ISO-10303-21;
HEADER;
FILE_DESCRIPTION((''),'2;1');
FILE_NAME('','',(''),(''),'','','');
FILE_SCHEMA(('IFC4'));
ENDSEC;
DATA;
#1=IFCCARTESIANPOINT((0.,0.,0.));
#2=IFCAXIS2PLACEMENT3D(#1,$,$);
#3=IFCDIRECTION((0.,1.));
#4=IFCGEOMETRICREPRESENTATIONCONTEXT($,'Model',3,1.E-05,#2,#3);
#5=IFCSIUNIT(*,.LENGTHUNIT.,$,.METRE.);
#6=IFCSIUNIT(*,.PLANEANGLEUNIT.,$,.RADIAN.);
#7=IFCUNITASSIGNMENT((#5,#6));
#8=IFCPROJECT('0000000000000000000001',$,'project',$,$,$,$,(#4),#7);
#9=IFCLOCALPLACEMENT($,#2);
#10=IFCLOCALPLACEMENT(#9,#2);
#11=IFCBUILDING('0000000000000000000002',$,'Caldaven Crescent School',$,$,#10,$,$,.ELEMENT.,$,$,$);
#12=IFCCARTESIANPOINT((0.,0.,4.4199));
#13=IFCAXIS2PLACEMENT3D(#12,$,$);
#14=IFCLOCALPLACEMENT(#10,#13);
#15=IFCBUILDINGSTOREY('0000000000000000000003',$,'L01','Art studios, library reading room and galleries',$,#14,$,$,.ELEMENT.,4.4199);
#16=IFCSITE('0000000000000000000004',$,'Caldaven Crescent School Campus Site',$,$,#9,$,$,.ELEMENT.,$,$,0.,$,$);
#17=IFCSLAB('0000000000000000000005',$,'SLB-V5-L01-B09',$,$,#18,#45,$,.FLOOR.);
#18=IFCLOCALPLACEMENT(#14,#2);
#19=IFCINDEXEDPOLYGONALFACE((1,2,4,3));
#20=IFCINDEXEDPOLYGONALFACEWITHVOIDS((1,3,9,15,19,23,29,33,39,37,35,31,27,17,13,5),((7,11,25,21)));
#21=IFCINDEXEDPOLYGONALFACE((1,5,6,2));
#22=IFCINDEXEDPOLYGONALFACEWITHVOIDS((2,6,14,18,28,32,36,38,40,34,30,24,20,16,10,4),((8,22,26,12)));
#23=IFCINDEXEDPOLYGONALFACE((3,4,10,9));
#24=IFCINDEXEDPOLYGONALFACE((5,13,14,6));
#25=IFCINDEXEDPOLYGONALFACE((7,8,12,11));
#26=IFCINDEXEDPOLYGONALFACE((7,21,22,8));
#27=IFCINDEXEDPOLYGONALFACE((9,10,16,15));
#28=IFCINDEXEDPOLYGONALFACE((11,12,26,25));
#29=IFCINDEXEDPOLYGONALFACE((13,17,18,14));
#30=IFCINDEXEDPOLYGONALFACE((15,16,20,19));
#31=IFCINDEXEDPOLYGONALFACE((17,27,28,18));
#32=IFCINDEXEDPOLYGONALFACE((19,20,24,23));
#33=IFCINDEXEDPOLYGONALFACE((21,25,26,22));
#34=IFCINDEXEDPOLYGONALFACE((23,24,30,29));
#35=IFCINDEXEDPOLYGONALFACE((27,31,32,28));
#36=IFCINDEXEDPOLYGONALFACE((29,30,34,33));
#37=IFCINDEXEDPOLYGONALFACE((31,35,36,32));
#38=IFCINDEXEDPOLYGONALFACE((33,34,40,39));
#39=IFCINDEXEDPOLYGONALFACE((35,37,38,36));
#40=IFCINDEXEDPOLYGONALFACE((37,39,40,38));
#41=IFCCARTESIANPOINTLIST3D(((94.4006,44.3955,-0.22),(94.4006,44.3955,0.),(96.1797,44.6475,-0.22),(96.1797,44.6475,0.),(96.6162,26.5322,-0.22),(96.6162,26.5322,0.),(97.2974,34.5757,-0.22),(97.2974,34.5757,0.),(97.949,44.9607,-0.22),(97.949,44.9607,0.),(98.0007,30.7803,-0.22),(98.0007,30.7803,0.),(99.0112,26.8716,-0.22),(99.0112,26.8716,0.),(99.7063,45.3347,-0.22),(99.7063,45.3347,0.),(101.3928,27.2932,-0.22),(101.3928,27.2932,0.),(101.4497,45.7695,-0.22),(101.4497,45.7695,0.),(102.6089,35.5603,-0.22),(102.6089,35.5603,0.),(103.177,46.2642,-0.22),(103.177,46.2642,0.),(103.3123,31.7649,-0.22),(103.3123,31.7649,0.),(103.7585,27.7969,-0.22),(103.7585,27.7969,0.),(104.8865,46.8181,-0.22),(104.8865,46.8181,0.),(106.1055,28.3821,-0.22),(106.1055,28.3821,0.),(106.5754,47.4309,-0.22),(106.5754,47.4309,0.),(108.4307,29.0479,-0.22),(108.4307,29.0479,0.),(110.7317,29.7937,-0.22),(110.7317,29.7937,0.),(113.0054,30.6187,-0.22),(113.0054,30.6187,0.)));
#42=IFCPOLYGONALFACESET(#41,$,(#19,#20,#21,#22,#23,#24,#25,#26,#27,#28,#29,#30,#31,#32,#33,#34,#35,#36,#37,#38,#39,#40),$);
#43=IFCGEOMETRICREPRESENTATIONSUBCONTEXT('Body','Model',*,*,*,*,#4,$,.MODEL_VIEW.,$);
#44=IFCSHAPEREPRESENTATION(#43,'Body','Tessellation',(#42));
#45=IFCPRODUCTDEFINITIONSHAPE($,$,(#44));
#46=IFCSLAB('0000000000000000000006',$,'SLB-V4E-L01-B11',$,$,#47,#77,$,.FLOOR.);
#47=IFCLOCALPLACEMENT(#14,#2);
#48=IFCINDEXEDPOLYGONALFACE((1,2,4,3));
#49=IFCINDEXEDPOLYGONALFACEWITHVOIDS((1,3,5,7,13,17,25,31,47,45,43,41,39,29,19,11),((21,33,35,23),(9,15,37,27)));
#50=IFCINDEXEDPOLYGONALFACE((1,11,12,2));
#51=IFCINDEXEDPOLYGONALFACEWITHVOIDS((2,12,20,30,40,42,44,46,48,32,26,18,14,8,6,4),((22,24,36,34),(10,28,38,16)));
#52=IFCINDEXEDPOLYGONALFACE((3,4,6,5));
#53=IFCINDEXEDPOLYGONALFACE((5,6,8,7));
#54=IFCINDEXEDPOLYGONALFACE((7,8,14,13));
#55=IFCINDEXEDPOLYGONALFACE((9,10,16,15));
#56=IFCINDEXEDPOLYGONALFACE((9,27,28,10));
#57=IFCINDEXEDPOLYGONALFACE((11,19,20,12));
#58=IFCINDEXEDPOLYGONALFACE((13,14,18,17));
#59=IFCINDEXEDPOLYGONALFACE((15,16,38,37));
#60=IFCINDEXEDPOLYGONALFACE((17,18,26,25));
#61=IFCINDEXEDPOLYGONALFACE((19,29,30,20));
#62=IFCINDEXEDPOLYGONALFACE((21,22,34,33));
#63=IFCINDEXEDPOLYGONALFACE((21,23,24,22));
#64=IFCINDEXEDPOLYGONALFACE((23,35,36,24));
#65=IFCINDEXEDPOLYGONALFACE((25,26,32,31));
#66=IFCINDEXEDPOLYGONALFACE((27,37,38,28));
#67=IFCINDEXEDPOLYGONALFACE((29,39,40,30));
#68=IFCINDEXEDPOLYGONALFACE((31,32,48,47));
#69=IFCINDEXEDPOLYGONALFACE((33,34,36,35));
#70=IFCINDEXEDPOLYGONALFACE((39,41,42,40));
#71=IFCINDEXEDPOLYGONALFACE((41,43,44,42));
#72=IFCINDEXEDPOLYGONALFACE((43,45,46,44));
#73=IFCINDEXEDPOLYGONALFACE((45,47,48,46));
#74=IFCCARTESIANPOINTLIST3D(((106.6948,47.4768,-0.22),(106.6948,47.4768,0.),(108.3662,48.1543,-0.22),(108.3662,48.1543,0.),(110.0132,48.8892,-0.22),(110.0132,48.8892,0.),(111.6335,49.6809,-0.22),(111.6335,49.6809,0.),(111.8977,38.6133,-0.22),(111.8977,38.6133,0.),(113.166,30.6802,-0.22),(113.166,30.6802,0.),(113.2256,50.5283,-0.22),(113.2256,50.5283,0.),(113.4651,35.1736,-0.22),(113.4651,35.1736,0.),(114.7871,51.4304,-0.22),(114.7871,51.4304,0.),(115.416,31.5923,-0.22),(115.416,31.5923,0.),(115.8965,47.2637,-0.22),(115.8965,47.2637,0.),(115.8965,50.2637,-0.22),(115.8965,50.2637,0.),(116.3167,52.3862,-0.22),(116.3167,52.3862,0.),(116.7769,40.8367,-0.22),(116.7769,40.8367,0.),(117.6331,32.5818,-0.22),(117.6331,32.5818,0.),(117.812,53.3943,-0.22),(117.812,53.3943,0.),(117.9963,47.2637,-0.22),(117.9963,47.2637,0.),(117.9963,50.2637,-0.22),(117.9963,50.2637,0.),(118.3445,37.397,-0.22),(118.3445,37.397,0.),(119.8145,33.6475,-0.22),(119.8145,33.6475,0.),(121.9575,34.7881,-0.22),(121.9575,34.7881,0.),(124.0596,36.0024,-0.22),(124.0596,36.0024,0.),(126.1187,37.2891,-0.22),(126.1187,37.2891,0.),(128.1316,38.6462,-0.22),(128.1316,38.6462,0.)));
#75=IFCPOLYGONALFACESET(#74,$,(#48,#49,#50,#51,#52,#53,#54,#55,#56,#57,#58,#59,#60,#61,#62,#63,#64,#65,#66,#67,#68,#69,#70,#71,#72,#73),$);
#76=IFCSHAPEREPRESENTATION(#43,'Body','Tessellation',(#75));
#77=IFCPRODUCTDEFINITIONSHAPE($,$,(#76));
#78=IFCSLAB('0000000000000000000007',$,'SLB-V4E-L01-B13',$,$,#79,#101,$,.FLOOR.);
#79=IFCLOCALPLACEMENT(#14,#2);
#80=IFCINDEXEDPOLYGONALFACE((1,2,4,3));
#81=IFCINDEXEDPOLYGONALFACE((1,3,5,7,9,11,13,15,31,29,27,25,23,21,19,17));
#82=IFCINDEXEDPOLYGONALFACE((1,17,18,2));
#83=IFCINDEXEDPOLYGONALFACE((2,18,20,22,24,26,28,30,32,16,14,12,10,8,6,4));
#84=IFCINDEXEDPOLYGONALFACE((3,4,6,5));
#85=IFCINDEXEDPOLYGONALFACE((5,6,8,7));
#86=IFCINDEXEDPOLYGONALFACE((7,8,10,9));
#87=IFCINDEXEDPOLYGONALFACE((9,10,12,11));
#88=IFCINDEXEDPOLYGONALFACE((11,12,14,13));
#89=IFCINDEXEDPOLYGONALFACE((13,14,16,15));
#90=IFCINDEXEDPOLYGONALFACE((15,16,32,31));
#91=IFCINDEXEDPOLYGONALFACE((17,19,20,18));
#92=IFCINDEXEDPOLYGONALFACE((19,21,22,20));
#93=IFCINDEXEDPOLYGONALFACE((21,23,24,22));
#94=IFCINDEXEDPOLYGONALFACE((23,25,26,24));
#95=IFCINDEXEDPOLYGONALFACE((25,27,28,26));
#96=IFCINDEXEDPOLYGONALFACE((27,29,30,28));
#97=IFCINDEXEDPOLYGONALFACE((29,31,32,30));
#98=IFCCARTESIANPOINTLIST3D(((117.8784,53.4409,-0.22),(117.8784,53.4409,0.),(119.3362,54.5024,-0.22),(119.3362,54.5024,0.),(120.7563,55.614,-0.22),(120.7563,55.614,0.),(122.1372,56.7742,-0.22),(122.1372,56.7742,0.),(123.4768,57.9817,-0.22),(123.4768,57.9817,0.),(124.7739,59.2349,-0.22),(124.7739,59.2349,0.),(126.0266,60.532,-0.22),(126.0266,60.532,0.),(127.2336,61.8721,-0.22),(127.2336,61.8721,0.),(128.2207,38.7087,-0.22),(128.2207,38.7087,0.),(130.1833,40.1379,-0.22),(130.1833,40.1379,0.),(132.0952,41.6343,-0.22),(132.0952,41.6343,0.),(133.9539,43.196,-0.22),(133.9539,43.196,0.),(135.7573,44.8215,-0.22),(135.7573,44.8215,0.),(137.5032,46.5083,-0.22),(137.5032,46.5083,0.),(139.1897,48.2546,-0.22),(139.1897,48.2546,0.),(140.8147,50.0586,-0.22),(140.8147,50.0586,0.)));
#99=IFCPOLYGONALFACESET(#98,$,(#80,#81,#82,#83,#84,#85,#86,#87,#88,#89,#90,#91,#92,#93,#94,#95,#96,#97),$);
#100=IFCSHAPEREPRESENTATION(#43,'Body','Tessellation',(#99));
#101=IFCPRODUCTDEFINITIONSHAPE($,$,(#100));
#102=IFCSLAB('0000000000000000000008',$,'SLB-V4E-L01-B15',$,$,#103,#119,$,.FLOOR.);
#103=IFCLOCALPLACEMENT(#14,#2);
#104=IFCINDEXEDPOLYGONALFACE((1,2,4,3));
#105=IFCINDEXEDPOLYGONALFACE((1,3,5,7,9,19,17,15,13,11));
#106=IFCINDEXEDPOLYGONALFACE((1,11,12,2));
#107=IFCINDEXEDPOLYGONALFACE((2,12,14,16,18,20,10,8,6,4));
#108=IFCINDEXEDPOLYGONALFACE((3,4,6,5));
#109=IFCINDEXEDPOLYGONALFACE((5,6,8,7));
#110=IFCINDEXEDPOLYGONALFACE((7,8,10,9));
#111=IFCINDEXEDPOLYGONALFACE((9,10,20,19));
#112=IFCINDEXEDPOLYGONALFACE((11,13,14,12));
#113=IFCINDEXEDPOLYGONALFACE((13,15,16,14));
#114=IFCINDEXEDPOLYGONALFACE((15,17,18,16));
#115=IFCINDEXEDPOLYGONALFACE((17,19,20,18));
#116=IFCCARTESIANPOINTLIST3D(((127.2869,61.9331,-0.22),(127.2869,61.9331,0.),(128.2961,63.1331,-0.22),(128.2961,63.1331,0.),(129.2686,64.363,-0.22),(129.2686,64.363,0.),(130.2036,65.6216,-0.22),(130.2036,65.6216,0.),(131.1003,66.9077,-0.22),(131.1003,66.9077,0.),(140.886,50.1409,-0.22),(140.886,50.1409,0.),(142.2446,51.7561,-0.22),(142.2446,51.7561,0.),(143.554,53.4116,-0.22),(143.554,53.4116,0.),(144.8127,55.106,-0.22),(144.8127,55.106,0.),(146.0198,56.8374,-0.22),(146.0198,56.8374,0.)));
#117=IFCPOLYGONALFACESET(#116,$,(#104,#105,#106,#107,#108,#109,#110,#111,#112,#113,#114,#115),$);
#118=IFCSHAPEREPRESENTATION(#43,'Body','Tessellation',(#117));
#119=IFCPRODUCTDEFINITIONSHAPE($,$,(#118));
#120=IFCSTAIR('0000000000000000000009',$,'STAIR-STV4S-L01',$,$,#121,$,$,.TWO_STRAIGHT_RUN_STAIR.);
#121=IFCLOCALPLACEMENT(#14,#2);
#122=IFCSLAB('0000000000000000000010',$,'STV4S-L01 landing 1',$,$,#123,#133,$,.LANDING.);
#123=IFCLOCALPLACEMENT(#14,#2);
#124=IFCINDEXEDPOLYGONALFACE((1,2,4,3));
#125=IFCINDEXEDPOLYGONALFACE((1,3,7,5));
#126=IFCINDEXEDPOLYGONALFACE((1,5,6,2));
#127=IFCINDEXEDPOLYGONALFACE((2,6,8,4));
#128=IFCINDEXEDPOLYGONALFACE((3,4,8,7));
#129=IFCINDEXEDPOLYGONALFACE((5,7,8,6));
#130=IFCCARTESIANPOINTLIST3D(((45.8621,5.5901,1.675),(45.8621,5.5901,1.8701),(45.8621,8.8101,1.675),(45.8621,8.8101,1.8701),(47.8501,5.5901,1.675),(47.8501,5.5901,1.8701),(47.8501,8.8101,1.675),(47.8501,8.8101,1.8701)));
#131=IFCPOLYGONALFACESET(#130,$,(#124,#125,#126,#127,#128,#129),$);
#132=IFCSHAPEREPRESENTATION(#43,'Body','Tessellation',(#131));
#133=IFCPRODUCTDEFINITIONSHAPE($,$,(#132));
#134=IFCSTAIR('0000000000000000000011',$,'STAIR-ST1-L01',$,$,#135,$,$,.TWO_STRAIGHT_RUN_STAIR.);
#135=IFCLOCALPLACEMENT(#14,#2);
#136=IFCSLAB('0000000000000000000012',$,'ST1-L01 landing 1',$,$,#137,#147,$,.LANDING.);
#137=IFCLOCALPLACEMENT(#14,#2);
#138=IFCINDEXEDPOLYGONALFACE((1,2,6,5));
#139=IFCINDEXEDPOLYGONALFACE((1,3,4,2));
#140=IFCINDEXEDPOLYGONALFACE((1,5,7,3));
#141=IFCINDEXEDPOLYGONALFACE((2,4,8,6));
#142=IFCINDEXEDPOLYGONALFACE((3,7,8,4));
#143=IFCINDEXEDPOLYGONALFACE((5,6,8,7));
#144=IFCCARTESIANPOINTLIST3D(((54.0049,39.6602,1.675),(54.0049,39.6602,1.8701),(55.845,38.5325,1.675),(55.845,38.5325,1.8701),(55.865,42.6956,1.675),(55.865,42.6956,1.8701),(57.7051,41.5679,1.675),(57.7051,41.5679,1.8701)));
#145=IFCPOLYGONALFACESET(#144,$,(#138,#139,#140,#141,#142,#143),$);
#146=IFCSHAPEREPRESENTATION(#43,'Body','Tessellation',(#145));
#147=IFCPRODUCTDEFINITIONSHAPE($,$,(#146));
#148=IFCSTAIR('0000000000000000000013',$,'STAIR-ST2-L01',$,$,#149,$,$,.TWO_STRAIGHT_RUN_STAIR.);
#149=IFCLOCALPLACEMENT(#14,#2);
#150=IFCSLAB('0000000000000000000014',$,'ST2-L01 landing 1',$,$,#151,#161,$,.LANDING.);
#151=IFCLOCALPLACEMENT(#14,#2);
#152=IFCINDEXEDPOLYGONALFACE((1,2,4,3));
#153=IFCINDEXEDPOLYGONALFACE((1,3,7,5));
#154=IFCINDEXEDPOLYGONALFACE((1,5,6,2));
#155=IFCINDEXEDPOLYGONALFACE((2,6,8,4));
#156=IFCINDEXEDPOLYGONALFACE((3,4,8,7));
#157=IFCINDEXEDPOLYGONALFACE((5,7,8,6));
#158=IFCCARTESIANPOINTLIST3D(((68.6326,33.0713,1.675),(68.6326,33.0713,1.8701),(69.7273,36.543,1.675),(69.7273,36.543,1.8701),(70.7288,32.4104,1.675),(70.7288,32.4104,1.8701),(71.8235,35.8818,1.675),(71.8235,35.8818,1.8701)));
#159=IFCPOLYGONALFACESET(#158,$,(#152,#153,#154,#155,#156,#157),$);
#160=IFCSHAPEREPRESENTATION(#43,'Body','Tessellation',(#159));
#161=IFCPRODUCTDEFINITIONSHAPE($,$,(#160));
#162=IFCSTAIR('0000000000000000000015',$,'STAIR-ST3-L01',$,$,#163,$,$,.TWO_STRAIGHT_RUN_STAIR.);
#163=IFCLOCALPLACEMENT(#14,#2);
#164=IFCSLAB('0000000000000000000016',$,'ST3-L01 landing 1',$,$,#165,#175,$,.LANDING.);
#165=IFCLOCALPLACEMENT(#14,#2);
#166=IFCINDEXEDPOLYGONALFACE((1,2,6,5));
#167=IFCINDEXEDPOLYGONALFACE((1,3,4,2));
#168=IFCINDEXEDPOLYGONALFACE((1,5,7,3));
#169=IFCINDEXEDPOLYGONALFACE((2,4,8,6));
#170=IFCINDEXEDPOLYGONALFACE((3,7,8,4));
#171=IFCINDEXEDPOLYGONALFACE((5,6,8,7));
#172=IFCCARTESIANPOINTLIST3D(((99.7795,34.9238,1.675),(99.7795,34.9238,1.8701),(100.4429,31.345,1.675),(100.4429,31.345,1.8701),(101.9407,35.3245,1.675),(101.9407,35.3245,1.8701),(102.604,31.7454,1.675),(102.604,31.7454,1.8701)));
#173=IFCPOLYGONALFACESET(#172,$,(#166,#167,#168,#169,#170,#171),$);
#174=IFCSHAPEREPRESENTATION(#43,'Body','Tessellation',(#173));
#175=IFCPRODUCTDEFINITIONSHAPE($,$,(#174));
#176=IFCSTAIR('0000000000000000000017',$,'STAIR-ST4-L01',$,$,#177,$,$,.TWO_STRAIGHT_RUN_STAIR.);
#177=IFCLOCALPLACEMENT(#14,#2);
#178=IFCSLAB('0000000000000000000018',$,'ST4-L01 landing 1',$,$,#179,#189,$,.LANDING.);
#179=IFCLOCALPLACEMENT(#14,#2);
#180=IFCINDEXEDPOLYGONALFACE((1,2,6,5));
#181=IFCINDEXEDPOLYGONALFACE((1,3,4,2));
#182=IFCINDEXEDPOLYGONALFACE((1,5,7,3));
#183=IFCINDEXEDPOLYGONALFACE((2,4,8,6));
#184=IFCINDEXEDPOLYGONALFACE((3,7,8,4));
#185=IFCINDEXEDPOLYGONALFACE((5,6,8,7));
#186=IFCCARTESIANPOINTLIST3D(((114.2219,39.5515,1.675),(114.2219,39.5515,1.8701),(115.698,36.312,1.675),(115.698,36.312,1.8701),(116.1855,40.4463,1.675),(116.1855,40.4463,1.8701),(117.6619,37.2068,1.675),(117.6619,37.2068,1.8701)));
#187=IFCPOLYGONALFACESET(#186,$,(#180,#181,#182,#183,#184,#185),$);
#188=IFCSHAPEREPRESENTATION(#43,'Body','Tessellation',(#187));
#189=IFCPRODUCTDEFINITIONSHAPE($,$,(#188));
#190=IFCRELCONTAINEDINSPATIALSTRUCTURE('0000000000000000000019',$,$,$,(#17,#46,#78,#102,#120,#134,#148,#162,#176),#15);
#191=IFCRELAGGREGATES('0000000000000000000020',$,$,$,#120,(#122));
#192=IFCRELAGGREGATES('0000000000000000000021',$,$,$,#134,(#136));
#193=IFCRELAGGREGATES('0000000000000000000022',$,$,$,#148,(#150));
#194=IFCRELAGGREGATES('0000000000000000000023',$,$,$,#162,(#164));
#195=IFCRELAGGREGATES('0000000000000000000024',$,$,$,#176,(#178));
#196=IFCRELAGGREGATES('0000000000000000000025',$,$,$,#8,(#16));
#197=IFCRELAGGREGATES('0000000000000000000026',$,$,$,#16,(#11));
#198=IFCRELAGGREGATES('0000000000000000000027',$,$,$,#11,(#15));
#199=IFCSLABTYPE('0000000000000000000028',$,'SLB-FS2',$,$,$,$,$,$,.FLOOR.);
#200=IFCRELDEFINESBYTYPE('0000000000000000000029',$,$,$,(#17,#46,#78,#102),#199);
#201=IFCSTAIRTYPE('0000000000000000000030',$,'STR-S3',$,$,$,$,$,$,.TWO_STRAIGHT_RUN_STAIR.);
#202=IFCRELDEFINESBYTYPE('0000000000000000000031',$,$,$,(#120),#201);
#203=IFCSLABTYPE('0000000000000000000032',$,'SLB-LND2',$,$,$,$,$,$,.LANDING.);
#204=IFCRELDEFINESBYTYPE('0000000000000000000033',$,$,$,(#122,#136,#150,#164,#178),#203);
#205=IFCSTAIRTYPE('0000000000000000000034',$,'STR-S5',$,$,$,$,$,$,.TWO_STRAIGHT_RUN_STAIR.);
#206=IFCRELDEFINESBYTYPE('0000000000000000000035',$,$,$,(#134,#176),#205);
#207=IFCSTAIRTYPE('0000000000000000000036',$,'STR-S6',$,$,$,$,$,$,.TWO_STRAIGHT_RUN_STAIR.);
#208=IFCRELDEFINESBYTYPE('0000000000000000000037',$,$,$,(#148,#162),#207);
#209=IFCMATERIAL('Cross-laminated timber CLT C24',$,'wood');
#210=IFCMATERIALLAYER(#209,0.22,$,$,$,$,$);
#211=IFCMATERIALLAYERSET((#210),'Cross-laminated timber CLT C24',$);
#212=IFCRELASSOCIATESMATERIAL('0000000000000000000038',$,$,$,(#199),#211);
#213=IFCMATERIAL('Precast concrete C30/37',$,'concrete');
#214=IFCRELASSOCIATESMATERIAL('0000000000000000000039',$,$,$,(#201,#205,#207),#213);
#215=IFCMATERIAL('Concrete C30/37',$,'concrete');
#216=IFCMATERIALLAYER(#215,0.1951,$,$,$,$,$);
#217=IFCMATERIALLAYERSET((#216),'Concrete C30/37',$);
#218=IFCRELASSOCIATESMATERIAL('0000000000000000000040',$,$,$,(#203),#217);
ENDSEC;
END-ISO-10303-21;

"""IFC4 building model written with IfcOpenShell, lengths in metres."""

from ifc_helpers import new_model, si_unit, direction, frame, origin, place, context, subcontext, project, spatial, polyline, outline, extrude, material, layer, layer_set, type_object, element, aggregate, save


model = new_model("IFC4")

# Units and contexts
model_context = context("Model", 3, precision=1e-05, world=origin(), true_north=direction((0.0, 1.0)))
body_context = subcontext(model_context, "Body", "Model", "MODEL_VIEW")
ifc_project = project(units=[si_unit("LENGTHUNIT", "METRE"), si_unit("PLANEANGLEUNIT", "RADIAN")], contexts=[model_context])

# Site, building, storey
site_placement = place(None, origin())
site = spatial("IfcSite", under=ifc_project, at=site_placement, Name="Caldaven Crescent School Campus Site", CompositionType="ELEMENT", RefElevation=0.0)
building_placement = place(site_placement, origin())
building = spatial("IfcBuilding", under=site, at=building_placement, Name="Caldaven Crescent School", CompositionType="ELEMENT")
storey_placement = place(building_placement, frame((0.0, 0.0, 4.4199)))
storey = spatial("IfcBuildingStorey", under=building, at=storey_placement, Name="L01", Description="Art studios, library reading room and galleries", CompositionType="ELEMENT", Elevation=4.4199)

# Slabs
ifc_material_1 = material(Name="Cross-laminated timber CLT C24", Category="wood")
ifc_layer_1 = layer(ifc_material_1, 0.22)
ifc_layer_set_1 = layer_set([ifc_layer_1], Name="Cross-laminated timber CLT C24")
slab_type_1 = type_object("IfcSlabType", Name="SLB-FS2", PredefinedType="FLOOR", material=ifc_layer_set_1)
slab_1_placement = place(storey_placement, frame((0.0, 0.0, -0.22)))
element("IfcSlab", 1, at=slab_1_placement, inside=storey, type_object=slab_type_1, Name="SLB-V5-L01-B09", PredefinedType="FLOOR", context=body_context, shape_type="SweptSolid", body=[
    extrude(outline(polyline([(96.6162, 26.5322), (99.0112, 26.8716), (101.3928, 27.2932), (103.7585, 27.7969), (106.1055, 28.3821), (108.4307, 29.0479), (110.7317, 29.7937), (113.0054, 30.6187), (106.5754, 47.4309), (104.8865, 46.8181), (103.177, 46.2642), (101.4497, 45.7695), (99.7063, 45.3347), (97.949, 44.9607), (96.1797, 44.6475), (94.4006, 44.3955), (96.6162, 26.5322)]), holes=[polyline([(98.0007, 30.7803), (97.2974, 34.5757), (102.6089, 35.5603), (103.3123, 31.7649), (98.0007, 30.7803)])]), origin(), (0.0, 0.0, 1.0), 0.22),
])
slab_2_placement = place(storey_placement, frame((0.0, 0.0, -0.22)))
element("IfcSlab", 2, at=slab_2_placement, inside=storey, type_object=slab_type_1, Name="SLB-V4E-L01-B11", PredefinedType="FLOOR", context=body_context, shape_type="SweptSolid", body=[
    extrude(outline(polyline([(113.166, 30.6802), (115.416, 31.5923), (117.6331, 32.5818), (119.8145, 33.6475), (121.9575, 34.7881), (124.0596, 36.0024), (126.1187, 37.2891), (128.1316, 38.6462), (117.812, 53.3943), (116.3167, 52.3862), (114.7871, 51.4304), (113.2256, 50.5283), (111.6335, 49.6809), (110.0132, 48.8892), (108.3662, 48.1543), (106.6948, 47.4768), (113.166, 30.6802)]), holes=[polyline([(115.8965, 47.2637), (115.8965, 50.2637), (117.9963, 50.2637), (117.9963, 47.2637), (115.8965, 47.2637)]), polyline([(113.4651, 35.1736), (111.8977, 38.6133), (116.7769, 40.8367), (118.3445, 37.397), (113.4651, 35.1736)])]), origin(), (0.0, 0.0, 1.0), 0.22),
])
slab_3_placement = place(storey_placement, frame((0.0, 0.0, -0.22)))
element("IfcSlab", 3, at=slab_3_placement, inside=storey, type_object=slab_type_1, Name="SLB-V4E-L01-B13", PredefinedType="FLOOR", context=body_context, shape_type="SweptSolid", body=[
    extrude(outline(polyline([(128.2207, 38.7087), (130.1833, 40.1379), (132.0952, 41.6343), (133.9539, 43.196), (135.7573, 44.8215), (137.5032, 46.5083), (139.1897, 48.2546), (140.8147, 50.0586), (127.2336, 61.8721), (126.0266, 60.532), (124.7739, 59.2349), (123.4768, 57.9817), (122.1372, 56.7742), (120.7563, 55.614), (119.3362, 54.5024), (117.8784, 53.4409), (128.2207, 38.7087)])), origin(), (0.0, 0.0, 1.0), 0.22),
])
slab_4_placement = place(storey_placement, frame((0.0, 0.0, -0.22)))
element("IfcSlab", 4, at=slab_4_placement, inside=storey, type_object=slab_type_1, Name="SLB-V4E-L01-B15", PredefinedType="FLOOR", context=body_context, shape_type="SweptSolid", body=[
    extrude(outline(polyline([(140.886, 50.1409), (142.2446, 51.7561), (143.554, 53.4116), (144.8127, 55.106), (146.0198, 56.8374), (131.1003, 66.9077), (130.2036, 65.6216), (129.2686, 64.363), (128.2961, 63.1331), (127.2869, 61.9331), (140.886, 50.1409)])), origin(), (0.0, 0.0, 1.0), 0.22),
])

# Stairs, slabs
ifc_material_2 = material(Name="Precast concrete C30/37", Category="concrete")
stair_type_1 = type_object("IfcStairType", Name="STR-S3", PredefinedType="TWO_STRAIGHT_RUN_STAIR", material=ifc_material_2)
stair_1_placement = place(storey_placement, origin())
stair_1 = element("IfcStair", 5, at=stair_1_placement, inside=storey, type_object=stair_type_1, Name="STAIR-STV4S-L01", PredefinedType="TWO_STRAIGHT_RUN_STAIR")
ifc_material_3 = material(Name="Concrete C30/37", Category="concrete")
ifc_layer_2 = layer(ifc_material_3, 0.1951)
ifc_layer_set_2 = layer_set([ifc_layer_2], Name="Concrete C30/37")
slab_type_2 = type_object("IfcSlabType", Name="SLB-LND2", PredefinedType="LANDING", material=ifc_layer_set_2)
slab_5_placement = place(storey_placement, frame((0.0, 0.0, 1.675)))
slab_5 = element("IfcSlab", 6, at=slab_5_placement, type_object=slab_type_2, Name="STV4S-L01 landing 1", PredefinedType="LANDING", context=body_context, shape_type="SweptSolid", body=[
    extrude(outline(polyline([(45.8621, 5.5901), (47.8501, 5.5901), (47.8501, 8.8101), (45.8621, 8.8101), (45.8621, 5.5901)])), origin(), (0.0, 0.0, 1.0), 0.1951),
])
aggregate(stair_1, [slab_5])
stair_type_2 = type_object("IfcStairType", Name="STR-S5", PredefinedType="TWO_STRAIGHT_RUN_STAIR", material=ifc_material_2)
stair_2_placement = place(storey_placement, origin())
stair_2 = element("IfcStair", 7, at=stair_2_placement, inside=storey, type_object=stair_type_2, Name="STAIR-ST1-L01", PredefinedType="TWO_STRAIGHT_RUN_STAIR")
slab_6_placement = place(storey_placement, frame((0.0, 0.0, 1.675)))
slab_6 = element("IfcSlab", 8, at=slab_6_placement, type_object=slab_type_2, Name="ST1-L01 landing 1", PredefinedType="LANDING", context=body_context, shape_type="SweptSolid", body=[
    extrude(outline(polyline([(54.0049, 39.6602), (55.845, 38.5325), (57.7051, 41.5679), (55.865, 42.6956), (54.0049, 39.6602)])), origin(), (0.0, 0.0, 1.0), 0.1951),
])
aggregate(stair_2, [slab_6])
stair_type_3 = type_object("IfcStairType", Name="STR-S6", PredefinedType="TWO_STRAIGHT_RUN_STAIR", material=ifc_material_2)
stair_3_placement = place(storey_placement, origin())
stair_3 = element("IfcStair", 9, at=stair_3_placement, inside=storey, type_object=stair_type_3, Name="STAIR-ST2-L01", PredefinedType="TWO_STRAIGHT_RUN_STAIR")
slab_7_placement = place(storey_placement, frame((0.0, 0.0, 1.675)))
slab_7 = element("IfcSlab", 10, at=slab_7_placement, type_object=slab_type_2, Name="ST2-L01 landing 1", PredefinedType="LANDING", context=body_context, shape_type="SweptSolid", body=[
    extrude(outline(polyline([(68.6326, 33.0713), (70.7288, 32.4104), (71.8235, 35.8818), (69.7273, 36.543), (68.6326, 33.0713)])), origin(), (0.0, 0.0, 1.0), 0.1951),
])
aggregate(stair_3, [slab_7])
stair_4_placement = place(storey_placement, origin())
stair_4 = element("IfcStair", 11, at=stair_4_placement, inside=storey, type_object=stair_type_3, Name="STAIR-ST3-L01", PredefinedType="TWO_STRAIGHT_RUN_STAIR")
slab_8_placement = place(storey_placement, frame((0.0, 0.0, 1.675)))
slab_8 = element("IfcSlab", 12, at=slab_8_placement, type_object=slab_type_2, Name="ST3-L01 landing 1", PredefinedType="LANDING", context=body_context, shape_type="SweptSolid", body=[
    extrude(outline(polyline([(100.4429, 31.345), (102.604, 31.7454), (101.9407, 35.3245), (99.7795, 34.9238), (100.4429, 31.345)])), origin(), (0.0, 0.0, 1.0), 0.1951),
])
aggregate(stair_4, [slab_8])
stair_5_placement = place(storey_placement, origin())
stair_5 = element("IfcStair", 13, at=stair_5_placement, inside=storey, type_object=stair_type_2, Name="STAIR-ST4-L01", PredefinedType="TWO_STRAIGHT_RUN_STAIR")
slab_9_placement = place(storey_placement, frame((0.0, 0.0, 1.675)))
slab_9 = element("IfcSlab", 14, at=slab_9_placement, type_object=slab_type_2, Name="ST4-L01 landing 1", PredefinedType="LANDING", context=body_context, shape_type="SweptSolid", body=[
    extrude(outline(polyline([(115.698, 36.312), (117.6619, 37.2068), (116.1855, 40.4463), (114.2219, 39.5515), (115.698, 36.312)])), origin(), (0.0, 0.0, 1.0), 0.1951),
])
aggregate(stair_5, [slab_9])

save(model, "model.ifc")
